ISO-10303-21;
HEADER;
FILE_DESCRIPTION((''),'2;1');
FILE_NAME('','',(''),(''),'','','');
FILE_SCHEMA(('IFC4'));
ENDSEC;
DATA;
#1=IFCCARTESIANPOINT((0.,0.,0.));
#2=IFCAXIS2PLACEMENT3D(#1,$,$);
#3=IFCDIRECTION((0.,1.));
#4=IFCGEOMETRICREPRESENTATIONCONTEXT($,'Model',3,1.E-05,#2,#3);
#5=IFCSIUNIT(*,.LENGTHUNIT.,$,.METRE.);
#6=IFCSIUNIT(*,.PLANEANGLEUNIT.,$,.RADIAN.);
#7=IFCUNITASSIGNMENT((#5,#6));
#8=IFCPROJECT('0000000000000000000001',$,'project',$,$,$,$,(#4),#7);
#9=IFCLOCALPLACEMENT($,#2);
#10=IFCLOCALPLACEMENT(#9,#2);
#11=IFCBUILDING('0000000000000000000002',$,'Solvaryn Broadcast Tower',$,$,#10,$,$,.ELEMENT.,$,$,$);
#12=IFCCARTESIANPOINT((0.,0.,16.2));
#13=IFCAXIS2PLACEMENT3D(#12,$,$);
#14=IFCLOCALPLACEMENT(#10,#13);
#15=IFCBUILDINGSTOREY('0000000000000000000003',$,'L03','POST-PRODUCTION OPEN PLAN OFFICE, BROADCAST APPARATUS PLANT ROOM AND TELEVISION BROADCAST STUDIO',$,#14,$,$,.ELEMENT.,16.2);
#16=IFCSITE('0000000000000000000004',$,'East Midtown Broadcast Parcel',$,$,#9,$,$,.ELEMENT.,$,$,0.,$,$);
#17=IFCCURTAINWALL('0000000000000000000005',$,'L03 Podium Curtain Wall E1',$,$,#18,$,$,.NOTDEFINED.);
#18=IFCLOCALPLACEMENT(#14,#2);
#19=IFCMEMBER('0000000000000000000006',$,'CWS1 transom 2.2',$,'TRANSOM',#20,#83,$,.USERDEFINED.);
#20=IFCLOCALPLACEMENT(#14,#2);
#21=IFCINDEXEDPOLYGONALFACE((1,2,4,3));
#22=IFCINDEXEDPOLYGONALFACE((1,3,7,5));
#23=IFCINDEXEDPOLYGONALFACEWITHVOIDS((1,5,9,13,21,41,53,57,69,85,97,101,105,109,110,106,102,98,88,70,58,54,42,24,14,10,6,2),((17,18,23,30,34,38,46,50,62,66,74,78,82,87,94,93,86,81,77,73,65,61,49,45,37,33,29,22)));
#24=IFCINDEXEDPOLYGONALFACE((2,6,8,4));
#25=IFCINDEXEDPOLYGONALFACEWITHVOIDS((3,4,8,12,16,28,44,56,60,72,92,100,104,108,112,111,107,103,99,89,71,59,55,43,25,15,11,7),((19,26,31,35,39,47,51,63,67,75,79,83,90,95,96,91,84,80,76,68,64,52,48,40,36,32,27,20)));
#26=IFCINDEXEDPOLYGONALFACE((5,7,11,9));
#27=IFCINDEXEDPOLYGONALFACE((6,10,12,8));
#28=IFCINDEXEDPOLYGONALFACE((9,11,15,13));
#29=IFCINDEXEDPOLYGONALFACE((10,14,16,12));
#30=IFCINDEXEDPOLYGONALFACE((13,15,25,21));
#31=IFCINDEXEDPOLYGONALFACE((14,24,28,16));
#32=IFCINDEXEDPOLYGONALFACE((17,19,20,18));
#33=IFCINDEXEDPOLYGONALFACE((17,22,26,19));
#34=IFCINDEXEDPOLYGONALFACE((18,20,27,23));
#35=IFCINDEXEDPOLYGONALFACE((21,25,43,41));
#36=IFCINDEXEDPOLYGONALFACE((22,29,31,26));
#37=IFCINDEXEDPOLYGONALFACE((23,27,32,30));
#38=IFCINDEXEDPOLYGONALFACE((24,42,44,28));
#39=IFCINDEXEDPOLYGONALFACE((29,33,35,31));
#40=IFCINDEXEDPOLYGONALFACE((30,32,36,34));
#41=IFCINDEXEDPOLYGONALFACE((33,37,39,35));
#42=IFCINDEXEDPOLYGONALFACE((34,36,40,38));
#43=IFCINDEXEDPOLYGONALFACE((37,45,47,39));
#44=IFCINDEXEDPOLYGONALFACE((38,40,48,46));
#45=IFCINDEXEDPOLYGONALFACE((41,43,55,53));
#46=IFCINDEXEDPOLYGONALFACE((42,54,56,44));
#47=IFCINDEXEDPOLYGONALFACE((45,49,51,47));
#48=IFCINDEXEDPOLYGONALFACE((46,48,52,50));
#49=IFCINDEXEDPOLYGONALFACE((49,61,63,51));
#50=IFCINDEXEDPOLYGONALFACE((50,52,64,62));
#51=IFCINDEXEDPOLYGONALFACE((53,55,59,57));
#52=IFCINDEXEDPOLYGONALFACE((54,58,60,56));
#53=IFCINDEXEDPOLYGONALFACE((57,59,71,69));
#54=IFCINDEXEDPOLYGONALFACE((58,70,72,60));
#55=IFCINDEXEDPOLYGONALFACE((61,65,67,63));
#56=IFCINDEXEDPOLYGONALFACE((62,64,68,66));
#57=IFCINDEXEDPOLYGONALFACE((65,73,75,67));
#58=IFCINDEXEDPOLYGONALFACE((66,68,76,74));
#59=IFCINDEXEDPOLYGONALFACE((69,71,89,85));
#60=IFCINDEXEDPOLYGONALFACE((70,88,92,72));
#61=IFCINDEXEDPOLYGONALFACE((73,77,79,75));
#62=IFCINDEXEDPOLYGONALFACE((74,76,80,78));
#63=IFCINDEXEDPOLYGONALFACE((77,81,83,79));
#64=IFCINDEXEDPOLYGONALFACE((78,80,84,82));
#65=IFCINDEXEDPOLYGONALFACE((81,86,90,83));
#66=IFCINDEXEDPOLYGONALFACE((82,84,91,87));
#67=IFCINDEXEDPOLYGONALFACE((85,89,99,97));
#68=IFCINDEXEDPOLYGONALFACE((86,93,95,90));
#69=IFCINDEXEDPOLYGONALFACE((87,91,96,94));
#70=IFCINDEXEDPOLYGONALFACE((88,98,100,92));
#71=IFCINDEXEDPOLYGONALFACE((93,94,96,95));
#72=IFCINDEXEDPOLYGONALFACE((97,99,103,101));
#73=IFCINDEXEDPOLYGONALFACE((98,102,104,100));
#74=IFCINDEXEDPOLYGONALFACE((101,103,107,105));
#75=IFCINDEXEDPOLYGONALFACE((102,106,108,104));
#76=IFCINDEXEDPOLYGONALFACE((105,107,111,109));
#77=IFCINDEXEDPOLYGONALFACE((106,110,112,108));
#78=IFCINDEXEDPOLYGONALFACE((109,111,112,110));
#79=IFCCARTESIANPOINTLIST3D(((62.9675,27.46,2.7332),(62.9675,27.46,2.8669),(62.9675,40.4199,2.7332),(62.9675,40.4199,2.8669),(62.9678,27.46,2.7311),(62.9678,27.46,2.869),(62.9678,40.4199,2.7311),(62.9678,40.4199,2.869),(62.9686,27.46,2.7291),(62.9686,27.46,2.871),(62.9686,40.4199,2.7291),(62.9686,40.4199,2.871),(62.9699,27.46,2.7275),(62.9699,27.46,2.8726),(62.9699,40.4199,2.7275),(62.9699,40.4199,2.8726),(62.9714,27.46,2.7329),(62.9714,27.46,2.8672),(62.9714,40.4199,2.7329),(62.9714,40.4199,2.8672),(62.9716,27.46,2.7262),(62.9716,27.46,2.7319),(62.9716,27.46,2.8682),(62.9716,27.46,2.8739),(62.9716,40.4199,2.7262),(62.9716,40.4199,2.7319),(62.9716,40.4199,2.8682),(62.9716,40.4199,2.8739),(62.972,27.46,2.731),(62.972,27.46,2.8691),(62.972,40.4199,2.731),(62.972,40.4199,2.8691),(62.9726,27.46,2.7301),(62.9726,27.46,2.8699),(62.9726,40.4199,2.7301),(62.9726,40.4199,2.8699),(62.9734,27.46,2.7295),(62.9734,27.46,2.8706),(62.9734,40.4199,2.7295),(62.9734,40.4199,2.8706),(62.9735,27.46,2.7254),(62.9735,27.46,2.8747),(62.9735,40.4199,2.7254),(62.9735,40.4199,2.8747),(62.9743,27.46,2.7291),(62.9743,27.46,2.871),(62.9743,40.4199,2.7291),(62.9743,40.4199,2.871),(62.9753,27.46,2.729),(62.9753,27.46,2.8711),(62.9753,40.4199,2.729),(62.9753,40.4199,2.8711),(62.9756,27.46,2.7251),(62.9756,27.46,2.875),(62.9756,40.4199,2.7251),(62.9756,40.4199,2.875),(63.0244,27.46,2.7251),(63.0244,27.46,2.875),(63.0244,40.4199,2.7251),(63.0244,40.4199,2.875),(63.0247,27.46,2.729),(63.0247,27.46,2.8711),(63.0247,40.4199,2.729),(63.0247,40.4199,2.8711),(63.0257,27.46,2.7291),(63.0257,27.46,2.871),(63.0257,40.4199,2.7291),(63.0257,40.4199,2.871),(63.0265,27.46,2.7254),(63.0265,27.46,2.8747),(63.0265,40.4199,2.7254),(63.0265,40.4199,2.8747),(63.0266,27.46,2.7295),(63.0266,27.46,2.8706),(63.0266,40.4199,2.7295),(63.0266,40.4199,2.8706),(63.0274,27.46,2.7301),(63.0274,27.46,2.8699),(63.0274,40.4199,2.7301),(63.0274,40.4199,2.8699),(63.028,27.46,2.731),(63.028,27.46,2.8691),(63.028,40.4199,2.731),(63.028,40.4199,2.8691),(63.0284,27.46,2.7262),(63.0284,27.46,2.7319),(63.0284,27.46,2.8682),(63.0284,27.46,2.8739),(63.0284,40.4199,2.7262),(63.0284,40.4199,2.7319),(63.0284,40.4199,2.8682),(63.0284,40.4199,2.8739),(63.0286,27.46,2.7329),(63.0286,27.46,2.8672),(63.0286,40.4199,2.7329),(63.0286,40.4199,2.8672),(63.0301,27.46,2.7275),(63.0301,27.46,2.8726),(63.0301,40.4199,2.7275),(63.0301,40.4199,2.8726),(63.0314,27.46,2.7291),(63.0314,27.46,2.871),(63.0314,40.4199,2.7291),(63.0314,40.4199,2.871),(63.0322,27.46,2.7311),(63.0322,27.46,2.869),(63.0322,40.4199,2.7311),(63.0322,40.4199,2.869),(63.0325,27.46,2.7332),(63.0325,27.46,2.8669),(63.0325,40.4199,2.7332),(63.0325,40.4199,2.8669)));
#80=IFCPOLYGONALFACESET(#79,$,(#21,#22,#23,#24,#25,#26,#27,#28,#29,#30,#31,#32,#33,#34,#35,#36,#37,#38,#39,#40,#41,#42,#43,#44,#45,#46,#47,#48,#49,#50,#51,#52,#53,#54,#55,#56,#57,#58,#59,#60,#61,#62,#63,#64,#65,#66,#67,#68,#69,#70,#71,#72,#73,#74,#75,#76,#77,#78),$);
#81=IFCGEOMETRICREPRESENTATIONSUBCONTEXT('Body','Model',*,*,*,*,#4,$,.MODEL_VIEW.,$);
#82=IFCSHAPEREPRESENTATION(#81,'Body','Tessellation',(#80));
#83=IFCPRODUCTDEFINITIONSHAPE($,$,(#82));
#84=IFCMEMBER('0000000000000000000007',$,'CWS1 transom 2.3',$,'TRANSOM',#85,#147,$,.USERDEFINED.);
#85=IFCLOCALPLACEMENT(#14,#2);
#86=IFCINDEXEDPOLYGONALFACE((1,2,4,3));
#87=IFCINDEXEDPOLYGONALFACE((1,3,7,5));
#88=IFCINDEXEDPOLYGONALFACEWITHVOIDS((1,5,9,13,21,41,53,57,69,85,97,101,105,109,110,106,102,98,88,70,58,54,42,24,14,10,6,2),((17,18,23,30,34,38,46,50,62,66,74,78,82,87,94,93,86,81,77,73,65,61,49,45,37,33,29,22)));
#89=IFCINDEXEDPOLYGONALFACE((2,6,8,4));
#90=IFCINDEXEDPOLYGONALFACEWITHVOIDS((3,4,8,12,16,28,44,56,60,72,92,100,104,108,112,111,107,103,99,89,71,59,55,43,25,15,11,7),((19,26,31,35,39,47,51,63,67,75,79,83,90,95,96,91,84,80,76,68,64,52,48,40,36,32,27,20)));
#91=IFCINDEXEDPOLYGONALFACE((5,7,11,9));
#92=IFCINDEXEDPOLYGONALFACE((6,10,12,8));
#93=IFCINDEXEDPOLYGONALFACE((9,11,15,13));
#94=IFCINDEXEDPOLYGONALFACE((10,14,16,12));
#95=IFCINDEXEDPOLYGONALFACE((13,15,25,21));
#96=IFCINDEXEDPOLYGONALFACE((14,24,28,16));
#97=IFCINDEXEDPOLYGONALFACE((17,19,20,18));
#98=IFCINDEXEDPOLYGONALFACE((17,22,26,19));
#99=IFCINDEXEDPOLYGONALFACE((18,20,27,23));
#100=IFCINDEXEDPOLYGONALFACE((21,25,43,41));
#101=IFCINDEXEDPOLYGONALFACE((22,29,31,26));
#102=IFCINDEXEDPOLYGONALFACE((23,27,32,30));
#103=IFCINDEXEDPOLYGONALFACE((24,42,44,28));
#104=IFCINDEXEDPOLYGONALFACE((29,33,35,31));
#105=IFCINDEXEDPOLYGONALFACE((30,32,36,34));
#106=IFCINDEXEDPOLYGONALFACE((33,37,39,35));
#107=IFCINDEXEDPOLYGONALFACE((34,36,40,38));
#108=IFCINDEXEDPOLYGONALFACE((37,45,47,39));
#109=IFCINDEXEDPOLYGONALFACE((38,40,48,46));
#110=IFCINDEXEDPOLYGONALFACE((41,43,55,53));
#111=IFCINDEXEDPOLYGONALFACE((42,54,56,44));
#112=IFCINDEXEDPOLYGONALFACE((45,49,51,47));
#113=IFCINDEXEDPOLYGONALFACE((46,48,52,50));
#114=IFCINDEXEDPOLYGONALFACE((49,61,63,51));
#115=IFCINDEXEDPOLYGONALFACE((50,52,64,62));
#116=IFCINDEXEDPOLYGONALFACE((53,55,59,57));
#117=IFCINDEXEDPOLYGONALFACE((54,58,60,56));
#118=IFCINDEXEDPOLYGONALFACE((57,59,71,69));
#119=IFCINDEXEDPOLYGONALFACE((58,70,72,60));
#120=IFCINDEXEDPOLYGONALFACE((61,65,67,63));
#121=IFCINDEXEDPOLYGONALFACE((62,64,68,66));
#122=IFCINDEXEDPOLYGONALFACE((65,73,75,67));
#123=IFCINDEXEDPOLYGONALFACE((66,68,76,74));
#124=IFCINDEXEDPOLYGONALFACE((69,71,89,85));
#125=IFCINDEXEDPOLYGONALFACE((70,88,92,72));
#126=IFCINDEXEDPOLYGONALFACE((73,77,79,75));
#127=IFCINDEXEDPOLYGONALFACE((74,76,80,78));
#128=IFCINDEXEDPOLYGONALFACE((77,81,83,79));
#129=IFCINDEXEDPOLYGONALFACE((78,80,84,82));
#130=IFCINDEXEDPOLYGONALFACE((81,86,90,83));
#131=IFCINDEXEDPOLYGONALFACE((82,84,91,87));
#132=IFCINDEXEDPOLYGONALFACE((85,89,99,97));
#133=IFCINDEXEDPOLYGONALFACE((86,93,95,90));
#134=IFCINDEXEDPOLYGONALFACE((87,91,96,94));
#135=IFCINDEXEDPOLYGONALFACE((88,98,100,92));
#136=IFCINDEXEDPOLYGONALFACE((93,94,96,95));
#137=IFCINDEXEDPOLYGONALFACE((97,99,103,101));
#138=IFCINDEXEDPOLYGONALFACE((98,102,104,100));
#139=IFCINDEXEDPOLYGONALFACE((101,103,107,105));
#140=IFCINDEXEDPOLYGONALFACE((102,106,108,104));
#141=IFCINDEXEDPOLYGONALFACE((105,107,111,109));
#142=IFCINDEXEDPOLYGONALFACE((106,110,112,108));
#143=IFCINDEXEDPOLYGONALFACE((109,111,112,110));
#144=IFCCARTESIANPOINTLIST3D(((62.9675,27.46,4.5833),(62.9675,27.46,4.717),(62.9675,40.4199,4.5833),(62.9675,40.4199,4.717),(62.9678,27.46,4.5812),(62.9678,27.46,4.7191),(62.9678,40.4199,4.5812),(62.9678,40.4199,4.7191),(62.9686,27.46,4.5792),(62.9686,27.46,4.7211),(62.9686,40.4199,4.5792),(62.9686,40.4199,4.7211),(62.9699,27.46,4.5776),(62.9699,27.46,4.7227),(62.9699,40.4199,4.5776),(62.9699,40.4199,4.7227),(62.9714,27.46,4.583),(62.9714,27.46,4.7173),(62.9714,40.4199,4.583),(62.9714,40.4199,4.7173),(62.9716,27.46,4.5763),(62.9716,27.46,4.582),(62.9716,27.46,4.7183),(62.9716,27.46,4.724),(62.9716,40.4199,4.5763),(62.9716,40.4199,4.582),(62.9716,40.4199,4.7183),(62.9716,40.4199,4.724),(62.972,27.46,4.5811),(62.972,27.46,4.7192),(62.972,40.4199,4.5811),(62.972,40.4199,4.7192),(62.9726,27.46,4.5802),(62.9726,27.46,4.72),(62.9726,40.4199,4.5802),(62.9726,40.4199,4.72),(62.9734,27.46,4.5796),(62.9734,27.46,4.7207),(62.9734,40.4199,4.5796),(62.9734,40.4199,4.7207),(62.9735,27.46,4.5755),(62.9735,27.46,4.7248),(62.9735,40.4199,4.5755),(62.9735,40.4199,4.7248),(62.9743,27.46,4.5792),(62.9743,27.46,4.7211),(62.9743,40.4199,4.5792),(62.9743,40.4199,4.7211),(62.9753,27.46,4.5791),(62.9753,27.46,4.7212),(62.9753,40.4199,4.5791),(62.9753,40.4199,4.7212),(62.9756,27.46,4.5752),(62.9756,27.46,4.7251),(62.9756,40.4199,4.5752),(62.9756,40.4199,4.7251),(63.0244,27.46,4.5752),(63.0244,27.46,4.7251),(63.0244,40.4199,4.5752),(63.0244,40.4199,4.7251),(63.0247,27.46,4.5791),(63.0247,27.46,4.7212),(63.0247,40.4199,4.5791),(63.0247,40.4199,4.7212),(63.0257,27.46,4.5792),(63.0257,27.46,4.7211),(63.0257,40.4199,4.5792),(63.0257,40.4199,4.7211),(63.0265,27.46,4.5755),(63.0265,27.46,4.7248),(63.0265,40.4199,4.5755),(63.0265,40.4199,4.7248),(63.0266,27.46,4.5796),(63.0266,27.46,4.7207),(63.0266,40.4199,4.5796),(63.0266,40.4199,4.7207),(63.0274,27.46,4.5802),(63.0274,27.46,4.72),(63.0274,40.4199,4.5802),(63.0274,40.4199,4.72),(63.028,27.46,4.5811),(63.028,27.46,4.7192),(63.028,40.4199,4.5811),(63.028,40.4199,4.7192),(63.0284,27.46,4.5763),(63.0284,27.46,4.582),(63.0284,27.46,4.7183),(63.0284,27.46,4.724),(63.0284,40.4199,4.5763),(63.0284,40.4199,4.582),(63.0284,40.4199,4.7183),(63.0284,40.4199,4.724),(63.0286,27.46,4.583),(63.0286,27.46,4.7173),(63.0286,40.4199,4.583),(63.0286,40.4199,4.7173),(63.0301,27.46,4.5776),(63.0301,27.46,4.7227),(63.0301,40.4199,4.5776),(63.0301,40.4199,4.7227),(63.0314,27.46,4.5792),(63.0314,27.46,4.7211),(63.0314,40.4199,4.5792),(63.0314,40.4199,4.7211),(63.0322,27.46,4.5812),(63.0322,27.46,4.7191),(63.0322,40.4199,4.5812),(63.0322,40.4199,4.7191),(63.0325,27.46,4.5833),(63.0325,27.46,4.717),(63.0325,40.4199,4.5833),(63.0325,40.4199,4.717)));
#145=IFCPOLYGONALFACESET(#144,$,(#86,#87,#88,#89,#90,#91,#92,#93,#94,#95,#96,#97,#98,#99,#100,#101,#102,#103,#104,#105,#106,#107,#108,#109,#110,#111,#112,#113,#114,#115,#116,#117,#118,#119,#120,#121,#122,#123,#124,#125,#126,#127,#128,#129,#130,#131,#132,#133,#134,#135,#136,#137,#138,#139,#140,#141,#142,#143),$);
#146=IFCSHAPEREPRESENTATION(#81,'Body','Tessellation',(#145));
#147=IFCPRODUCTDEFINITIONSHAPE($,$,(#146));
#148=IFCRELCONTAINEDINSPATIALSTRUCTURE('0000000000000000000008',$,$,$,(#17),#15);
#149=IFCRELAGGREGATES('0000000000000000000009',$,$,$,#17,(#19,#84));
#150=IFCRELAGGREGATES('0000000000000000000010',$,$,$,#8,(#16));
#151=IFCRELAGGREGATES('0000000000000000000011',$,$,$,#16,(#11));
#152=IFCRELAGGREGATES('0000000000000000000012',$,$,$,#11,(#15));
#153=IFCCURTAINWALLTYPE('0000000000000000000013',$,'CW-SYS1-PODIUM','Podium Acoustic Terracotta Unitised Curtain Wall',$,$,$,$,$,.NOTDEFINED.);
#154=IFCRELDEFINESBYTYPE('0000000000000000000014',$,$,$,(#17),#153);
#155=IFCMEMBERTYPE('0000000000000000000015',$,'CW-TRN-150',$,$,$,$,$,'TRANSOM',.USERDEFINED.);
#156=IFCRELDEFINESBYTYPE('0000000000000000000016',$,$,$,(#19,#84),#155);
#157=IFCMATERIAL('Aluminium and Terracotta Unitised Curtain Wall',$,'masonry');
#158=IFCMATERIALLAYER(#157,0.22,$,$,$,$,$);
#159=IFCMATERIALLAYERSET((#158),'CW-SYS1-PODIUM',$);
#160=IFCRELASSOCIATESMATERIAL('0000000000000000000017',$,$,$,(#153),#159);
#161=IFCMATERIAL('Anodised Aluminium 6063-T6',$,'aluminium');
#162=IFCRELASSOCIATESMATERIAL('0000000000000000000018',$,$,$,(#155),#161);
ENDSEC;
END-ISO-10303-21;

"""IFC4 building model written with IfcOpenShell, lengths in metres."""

from ifc_helpers import new_model, si_unit, direction, frame, origin, origin_2d, place, context, subcontext, project, spatial, hollow_rectangle, extrude, material, layer, layer_set, material_profile, profile_set, type_object, element, aggregate, save


model = new_model("IFC4")

# Units and contexts
model_context = context("Model", 3, precision=1e-05, world=origin(), true_north=direction((0.0, 1.0)))
body_context = subcontext(model_context, "Body", "Model", "MODEL_VIEW")
ifc_project = project(units=[si_unit("LENGTHUNIT", "METRE"), si_unit("PLANEANGLEUNIT", "RADIAN")], contexts=[model_context])

# Site, building, storey
site_placement = place(None, origin())
site = spatial("IfcSite", under=ifc_project, at=site_placement, Name="East Midtown Broadcast Parcel", CompositionType="ELEMENT", RefElevation=0.0)
building_placement = place(site_placement, origin())
building = spatial("IfcBuilding", under=site, at=building_placement, Name="Solvaryn Broadcast Tower", CompositionType="ELEMENT")
storey_placement = place(building_placement, frame((0.0, 0.0, 16.2)))
storey = spatial("IfcBuildingStorey", under=building, at=storey_placement, Name="L03", Description="POST-PRODUCTION OPEN PLAN OFFICE, BROADCAST APPARATUS PLANT ROOM AND TELEVISION BROADCAST STUDIO", CompositionType="ELEMENT", Elevation=16.2)

# Curtain wall
ifc_material_1 = material(Name="Aluminium and Terracotta Unitised Curtain Wall", Category="masonry")
ifc_layer_1 = layer(ifc_material_1, 0.22)
ifc_layer_set_1 = layer_set([ifc_layer_1], Name="CW-SYS1-PODIUM")
curtain_wall_type = type_object("IfcCurtainWallType", Name="CW-SYS1-PODIUM", Description="Podium Acoustic Terracotta Unitised Curtain Wall", PredefinedType="NOTDEFINED", material=ifc_layer_set_1)
curtain_wall_1_placement = place(storey_placement, origin())
curtain_wall_1 = element("IfcCurtainWall", 1, at=curtain_wall_1_placement, inside=storey, type_object=curtain_wall_type, Name="L03 Podium Curtain Wall E1", PredefinedType="NOTDEFINED")

# Members
ifc_material_2 = material(Name="Anodised Aluminium 6063-T6", Category="aluminium")
ifc_material_profile_1 = material_profile(ifc_material_2, hollow_rectangle(XDim=0.0649, YDim=0.1499, WallThickness=0.0039, InnerFilletRadius=0.0039, OuterFilletRadius=0.0081, at=origin_2d()))
ifc_profile_set_1 = profile_set([ifc_material_profile_1], Name="Anodised Aluminium 6063-T6")
member_type_1 = type_object("IfcMemberType", Name="CW-TRN-150", ElementType="TRANSOM", PredefinedType="USERDEFINED", material=ifc_profile_set_1)
member_1_placement = place(storey_placement, frame((63.0, 40.4199, 2.8), z_axis=(0.0, -1.0, 0.0), x_axis=(1.0, 0.0, 0.0)))
member_1 = element("IfcMember", 2, at=member_1_placement, type_object=member_type_1, Name="CWS1 transom 2.2", ObjectType="TRANSOM", PredefinedType="USERDEFINED", context=body_context, shape_type="SweptSolid", body=[
    extrude(hollow_rectangle(XDim=0.0649, YDim=0.1499, WallThickness=0.0039, InnerFilletRadius=0.0039, OuterFilletRadius=0.0081, at=origin_2d()), origin(), (0.0, 0.0, 1.0), 12.96),
])
member_2_placement = place(storey_placement, frame((63.0, 40.4199, 4.6501), z_axis=(0.0, -1.0, 0.0), x_axis=(1.0, 0.0, 0.0)))
member_2 = element("IfcMember", 3, at=member_2_placement, type_object=member_type_1, Name="CWS1 transom 2.3", ObjectType="TRANSOM", PredefinedType="USERDEFINED", context=body_context, shape_type="SweptSolid", body=[
    extrude(hollow_rectangle(XDim=0.0649, YDim=0.1499, WallThickness=0.0039, InnerFilletRadius=0.0039, OuterFilletRadius=0.0081, at=origin_2d()), origin(), (0.0, 0.0, 1.0), 12.96),
])

aggregate(curtain_wall_1, [member_1, member_2])

save(model, "model.ifc")
